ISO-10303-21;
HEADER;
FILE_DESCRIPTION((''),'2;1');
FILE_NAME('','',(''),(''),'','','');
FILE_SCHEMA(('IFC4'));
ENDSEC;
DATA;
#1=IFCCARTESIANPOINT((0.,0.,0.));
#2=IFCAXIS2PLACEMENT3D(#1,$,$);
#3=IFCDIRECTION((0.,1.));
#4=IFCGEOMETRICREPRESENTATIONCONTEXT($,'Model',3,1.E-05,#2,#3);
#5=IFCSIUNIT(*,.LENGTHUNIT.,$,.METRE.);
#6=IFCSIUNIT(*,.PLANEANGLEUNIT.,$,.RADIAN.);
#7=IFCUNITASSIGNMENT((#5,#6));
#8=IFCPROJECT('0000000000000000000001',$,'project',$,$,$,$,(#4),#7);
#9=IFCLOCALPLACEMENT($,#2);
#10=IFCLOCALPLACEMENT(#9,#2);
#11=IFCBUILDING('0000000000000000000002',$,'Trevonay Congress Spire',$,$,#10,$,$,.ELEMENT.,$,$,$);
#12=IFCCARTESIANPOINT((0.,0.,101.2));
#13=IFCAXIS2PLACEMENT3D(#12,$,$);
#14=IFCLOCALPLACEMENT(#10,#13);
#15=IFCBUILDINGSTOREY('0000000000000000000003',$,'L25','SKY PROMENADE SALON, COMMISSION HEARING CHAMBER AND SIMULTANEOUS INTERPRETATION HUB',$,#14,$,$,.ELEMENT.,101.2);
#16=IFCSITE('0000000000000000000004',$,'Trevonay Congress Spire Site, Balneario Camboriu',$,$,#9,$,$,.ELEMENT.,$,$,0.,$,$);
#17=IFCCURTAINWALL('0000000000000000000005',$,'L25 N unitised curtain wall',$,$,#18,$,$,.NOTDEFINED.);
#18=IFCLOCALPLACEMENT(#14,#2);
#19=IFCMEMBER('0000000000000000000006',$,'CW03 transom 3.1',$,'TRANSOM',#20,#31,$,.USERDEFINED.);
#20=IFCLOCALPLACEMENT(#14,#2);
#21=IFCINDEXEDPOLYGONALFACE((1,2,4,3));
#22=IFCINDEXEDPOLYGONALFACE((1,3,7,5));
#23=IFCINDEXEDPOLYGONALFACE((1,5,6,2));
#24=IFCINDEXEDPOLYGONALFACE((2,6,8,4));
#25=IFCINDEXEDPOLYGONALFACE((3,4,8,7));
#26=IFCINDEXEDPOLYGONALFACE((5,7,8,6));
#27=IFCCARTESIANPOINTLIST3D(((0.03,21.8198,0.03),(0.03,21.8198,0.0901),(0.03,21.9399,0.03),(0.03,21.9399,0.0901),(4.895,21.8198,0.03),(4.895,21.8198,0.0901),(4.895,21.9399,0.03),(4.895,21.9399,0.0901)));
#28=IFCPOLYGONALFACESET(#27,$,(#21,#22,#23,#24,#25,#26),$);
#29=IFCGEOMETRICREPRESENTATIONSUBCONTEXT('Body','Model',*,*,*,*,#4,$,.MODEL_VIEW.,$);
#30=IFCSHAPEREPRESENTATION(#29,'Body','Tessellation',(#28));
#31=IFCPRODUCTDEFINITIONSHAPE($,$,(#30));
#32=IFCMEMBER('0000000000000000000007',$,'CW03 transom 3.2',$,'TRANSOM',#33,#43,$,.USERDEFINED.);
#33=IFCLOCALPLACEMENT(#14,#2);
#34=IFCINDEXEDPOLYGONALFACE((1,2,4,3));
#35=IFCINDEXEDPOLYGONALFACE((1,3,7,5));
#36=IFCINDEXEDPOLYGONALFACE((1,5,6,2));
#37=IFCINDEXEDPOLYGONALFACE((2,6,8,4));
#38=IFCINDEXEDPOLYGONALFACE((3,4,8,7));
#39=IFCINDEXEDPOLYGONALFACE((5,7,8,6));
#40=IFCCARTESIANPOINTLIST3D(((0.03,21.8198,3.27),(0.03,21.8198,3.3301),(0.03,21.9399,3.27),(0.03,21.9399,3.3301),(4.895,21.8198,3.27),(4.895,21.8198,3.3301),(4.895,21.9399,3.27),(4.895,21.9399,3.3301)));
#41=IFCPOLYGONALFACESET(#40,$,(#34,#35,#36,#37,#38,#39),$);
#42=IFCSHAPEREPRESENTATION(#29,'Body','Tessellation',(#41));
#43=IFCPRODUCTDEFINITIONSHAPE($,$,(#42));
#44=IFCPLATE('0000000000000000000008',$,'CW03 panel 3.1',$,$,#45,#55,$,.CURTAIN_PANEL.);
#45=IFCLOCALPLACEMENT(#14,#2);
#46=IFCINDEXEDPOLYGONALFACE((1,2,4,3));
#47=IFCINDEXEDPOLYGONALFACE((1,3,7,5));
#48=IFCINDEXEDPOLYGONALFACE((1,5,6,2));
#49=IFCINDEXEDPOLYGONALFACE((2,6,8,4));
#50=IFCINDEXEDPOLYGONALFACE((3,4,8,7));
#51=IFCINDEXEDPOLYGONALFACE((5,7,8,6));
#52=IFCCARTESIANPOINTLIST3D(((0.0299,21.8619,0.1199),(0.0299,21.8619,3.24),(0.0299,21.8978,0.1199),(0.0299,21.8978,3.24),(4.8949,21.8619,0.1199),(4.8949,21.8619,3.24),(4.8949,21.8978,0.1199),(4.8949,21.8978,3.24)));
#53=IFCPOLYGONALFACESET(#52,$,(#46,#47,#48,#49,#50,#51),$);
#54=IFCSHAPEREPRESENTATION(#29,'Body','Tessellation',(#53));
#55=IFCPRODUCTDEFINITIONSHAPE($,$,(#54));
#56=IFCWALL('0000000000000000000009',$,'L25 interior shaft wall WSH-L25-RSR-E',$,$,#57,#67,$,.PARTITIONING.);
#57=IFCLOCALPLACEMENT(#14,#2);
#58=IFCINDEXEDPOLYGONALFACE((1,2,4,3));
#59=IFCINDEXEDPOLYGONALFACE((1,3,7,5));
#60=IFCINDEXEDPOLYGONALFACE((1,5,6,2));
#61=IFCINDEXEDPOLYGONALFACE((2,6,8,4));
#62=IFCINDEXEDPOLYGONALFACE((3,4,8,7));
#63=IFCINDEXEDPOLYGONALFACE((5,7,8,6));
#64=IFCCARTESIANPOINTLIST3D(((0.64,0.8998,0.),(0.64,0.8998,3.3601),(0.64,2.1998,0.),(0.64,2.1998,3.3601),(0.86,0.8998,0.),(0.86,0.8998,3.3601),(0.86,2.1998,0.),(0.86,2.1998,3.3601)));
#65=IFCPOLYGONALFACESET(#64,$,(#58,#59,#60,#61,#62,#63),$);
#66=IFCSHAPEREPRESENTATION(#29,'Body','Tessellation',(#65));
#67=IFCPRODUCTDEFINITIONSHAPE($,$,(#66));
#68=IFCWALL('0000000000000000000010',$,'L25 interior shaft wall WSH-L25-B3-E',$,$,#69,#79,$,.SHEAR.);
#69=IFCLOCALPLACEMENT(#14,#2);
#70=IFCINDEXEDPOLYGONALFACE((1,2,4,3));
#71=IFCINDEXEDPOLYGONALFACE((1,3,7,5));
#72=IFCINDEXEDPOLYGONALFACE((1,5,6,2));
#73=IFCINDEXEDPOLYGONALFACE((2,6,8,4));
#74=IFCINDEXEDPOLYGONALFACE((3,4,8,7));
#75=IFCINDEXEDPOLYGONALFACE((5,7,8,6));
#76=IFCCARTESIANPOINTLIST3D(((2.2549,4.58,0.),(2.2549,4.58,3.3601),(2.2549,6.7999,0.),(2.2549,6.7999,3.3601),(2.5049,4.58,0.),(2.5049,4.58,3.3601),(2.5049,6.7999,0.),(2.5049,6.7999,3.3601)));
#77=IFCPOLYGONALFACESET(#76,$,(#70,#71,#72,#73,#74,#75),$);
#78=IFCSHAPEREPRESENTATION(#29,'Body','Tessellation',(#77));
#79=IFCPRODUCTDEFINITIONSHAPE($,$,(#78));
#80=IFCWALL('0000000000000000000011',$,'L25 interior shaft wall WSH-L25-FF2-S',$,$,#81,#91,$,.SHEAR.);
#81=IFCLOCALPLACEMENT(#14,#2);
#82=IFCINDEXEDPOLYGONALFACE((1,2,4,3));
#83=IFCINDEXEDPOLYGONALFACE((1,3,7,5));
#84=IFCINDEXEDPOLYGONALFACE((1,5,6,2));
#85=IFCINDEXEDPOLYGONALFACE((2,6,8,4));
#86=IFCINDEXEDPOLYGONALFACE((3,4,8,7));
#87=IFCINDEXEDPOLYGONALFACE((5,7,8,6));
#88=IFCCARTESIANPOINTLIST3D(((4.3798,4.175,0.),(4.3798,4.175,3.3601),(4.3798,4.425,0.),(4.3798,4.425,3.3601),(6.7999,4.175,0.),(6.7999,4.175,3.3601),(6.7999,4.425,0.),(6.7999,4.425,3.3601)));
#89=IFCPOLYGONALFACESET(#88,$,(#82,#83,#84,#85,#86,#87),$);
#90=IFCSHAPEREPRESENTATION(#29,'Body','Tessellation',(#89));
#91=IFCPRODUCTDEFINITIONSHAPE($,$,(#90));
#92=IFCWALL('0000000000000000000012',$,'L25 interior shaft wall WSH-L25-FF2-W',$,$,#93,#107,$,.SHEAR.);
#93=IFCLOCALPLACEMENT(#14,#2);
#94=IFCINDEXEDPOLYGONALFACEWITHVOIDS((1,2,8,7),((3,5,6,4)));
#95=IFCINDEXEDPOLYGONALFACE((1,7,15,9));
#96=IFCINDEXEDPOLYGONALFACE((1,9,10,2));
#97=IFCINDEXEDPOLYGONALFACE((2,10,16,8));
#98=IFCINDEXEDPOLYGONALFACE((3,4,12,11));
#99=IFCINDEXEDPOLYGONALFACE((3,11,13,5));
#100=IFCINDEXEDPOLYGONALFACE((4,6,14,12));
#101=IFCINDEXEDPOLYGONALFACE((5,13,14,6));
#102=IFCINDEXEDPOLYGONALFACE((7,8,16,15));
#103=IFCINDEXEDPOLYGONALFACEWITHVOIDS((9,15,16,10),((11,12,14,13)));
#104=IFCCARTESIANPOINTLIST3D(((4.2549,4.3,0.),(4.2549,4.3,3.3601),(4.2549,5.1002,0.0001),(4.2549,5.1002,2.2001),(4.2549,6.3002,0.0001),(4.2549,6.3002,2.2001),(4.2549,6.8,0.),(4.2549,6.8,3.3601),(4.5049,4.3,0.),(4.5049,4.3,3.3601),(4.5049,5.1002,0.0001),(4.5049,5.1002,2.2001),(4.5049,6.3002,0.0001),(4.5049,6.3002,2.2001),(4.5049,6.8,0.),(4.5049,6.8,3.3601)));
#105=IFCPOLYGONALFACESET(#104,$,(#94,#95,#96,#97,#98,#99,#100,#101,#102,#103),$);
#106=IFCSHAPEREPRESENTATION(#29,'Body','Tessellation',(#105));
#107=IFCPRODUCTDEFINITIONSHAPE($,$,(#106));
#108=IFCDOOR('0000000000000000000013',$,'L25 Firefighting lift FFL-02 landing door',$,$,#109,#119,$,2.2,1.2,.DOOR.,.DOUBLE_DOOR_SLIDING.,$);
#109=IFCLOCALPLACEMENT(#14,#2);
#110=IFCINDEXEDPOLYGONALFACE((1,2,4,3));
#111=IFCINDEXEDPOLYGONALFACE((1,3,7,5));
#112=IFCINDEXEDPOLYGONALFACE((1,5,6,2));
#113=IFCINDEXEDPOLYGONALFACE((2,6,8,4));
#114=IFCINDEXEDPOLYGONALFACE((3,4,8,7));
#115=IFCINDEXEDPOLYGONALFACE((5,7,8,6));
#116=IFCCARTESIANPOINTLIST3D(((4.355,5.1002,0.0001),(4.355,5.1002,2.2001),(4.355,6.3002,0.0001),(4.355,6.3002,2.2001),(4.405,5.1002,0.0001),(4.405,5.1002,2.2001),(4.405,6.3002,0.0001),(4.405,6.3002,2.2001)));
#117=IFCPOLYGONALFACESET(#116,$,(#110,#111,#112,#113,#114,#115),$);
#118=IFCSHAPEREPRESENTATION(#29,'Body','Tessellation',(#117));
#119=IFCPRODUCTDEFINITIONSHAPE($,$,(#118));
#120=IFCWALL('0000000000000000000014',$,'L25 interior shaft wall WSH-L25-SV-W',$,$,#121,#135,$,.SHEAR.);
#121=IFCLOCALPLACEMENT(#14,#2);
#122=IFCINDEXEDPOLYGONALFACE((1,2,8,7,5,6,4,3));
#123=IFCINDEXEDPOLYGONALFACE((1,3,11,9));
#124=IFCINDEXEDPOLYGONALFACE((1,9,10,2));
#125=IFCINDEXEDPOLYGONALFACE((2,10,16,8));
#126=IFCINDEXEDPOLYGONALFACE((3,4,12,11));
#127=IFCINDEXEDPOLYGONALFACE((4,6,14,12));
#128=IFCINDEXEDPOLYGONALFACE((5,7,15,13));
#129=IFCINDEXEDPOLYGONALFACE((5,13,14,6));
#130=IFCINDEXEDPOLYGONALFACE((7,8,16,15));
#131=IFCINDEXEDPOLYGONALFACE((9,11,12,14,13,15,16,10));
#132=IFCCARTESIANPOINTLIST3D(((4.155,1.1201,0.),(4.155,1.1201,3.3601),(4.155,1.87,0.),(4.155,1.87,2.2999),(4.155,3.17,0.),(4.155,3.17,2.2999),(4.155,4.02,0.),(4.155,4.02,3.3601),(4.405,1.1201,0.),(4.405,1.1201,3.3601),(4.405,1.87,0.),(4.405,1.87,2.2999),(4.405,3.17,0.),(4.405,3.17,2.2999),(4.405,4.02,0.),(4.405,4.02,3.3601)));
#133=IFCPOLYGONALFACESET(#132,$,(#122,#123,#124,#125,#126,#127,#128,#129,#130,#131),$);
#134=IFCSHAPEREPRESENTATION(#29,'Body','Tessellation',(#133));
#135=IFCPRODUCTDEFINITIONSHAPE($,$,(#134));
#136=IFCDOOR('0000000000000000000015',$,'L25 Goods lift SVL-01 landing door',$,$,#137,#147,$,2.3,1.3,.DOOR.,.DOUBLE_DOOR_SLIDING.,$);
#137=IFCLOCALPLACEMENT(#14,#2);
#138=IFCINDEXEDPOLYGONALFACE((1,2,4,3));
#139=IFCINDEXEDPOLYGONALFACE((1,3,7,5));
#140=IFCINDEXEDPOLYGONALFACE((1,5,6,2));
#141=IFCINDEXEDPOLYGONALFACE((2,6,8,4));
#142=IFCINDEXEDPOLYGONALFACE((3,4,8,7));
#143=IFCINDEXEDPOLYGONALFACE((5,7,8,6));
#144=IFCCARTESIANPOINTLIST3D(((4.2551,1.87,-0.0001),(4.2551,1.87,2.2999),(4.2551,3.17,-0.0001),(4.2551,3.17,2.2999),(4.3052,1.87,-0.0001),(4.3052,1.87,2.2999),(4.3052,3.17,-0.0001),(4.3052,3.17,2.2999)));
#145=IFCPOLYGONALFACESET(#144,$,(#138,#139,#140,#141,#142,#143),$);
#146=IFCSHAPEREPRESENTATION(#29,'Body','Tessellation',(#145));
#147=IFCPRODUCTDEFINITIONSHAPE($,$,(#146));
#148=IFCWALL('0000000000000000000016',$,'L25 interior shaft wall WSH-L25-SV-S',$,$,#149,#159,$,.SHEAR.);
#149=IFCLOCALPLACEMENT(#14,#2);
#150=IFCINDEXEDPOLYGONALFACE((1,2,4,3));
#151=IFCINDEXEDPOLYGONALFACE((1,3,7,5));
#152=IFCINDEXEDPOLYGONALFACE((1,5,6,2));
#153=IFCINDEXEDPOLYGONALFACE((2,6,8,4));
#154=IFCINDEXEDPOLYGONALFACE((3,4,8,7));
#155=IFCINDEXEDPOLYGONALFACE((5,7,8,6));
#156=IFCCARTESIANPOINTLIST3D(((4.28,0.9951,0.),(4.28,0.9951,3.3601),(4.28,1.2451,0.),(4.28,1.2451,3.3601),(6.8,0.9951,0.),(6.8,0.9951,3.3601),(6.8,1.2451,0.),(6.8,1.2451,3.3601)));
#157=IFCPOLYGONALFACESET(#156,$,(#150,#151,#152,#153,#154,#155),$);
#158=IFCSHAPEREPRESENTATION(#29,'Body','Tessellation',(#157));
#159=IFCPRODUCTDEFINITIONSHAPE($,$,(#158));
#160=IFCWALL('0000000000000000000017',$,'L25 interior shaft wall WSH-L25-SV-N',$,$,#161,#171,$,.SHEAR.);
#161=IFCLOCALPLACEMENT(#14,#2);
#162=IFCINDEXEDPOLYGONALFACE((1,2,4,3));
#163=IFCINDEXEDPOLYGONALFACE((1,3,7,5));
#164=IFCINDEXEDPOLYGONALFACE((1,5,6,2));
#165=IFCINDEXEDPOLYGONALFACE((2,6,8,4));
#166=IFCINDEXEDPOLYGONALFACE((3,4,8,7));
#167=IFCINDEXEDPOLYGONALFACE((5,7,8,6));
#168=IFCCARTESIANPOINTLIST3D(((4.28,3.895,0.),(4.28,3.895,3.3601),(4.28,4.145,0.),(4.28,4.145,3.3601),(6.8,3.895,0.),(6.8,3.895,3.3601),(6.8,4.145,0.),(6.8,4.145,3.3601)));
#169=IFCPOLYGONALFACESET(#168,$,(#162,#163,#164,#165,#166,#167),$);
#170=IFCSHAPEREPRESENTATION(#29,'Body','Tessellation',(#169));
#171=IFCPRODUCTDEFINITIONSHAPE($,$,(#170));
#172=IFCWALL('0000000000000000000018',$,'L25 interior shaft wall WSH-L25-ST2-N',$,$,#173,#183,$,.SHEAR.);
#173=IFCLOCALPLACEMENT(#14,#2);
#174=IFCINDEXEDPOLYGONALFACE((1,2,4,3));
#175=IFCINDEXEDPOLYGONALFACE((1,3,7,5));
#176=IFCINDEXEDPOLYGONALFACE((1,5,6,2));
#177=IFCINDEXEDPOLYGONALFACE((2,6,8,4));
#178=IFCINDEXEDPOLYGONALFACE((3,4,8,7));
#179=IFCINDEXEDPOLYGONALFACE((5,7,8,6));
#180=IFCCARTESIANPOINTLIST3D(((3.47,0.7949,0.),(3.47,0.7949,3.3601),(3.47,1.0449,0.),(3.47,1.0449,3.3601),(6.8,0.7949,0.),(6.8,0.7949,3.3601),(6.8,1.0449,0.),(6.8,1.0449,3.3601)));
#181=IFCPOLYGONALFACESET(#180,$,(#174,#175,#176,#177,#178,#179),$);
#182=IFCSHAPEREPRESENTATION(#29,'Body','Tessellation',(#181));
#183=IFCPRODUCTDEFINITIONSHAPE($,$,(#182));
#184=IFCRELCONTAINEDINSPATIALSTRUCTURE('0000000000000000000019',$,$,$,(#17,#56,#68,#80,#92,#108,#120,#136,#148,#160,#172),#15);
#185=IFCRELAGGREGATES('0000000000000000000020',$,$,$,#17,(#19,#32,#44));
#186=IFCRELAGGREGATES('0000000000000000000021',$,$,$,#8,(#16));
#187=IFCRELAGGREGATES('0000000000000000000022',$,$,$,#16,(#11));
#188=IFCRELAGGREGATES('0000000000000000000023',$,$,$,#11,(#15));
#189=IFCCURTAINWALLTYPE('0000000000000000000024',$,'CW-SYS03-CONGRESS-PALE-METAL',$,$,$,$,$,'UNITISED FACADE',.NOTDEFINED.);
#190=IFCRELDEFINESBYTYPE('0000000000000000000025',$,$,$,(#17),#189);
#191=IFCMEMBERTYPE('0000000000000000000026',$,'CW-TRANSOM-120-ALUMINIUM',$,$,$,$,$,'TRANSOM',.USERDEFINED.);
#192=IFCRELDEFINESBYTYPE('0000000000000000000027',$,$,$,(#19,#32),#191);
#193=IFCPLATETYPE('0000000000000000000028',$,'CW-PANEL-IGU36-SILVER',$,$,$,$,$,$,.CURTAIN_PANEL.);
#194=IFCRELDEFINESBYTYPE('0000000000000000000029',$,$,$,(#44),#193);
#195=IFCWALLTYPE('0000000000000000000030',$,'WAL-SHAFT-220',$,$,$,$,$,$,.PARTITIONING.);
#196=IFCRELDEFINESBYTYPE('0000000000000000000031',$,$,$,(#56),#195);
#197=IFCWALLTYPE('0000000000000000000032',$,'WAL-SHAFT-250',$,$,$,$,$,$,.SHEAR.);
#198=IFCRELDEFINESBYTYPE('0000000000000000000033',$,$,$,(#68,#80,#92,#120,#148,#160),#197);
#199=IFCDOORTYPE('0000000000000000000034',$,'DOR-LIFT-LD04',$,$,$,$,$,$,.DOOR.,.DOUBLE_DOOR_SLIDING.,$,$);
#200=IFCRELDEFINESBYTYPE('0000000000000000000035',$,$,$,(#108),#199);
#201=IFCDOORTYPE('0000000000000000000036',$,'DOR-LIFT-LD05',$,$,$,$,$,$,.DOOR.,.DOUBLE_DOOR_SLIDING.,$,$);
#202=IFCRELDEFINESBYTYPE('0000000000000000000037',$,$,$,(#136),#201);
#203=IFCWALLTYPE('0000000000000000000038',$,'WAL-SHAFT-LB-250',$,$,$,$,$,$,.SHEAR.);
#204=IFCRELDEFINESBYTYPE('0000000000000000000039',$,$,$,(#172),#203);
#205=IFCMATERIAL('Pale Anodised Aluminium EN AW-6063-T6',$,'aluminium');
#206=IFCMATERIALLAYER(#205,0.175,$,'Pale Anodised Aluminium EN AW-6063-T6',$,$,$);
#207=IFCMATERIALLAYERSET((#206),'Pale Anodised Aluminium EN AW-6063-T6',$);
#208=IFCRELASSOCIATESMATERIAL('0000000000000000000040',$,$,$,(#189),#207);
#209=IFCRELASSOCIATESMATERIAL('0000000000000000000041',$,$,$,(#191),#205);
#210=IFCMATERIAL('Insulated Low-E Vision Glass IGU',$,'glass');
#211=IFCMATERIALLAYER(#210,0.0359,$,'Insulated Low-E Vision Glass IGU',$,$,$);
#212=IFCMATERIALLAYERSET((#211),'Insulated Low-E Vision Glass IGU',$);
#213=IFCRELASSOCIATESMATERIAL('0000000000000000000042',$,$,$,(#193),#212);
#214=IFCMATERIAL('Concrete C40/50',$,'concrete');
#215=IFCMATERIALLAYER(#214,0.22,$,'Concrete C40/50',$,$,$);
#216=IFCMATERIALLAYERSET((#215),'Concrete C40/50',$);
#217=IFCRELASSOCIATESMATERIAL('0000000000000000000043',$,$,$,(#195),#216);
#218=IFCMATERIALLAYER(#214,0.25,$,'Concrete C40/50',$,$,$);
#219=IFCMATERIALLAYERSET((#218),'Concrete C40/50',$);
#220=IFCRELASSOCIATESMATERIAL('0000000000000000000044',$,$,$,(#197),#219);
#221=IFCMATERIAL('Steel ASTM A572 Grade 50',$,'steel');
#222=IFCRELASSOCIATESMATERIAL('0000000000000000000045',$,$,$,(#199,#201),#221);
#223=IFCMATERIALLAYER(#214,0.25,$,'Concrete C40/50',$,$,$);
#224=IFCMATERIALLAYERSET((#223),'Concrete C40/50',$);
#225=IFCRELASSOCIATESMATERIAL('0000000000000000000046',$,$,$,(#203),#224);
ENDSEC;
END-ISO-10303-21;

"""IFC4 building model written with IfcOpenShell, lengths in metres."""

from ifc_helpers import new_model, si_unit, direction, frame, frame_2d, origin, origin_2d, place, context, subcontext, project, spatial, rectangle, extrude, material, layer, layer_set, material_profile, profile_set, type_object, element, fill, aggregate, save


model = new_model("IFC4")

# Units and contexts
model_context = context("Model", 3, precision=1e-05, world=origin(), true_north=direction((0.0, 1.0)))
body_context = subcontext(model_context, "Body", "Model", "MODEL_VIEW")
ifc_project = project(units=[si_unit("LENGTHUNIT", "METRE"), si_unit("PLANEANGLEUNIT", "RADIAN")], contexts=[model_context])

# Site, building, storey
site_placement = place(None, origin())
site = spatial("IfcSite", under=ifc_project, at=site_placement, Name="Trevonay Congress Spire Site, Balneario Camboriu", CompositionType="ELEMENT", RefElevation=0.0)
building_placement = place(site_placement, origin())
building = spatial("IfcBuilding", under=site, at=building_placement, Name="Trevonay Congress Spire", CompositionType="ELEMENT")
storey_placement = place(building_placement, frame((0.0, 0.0, 101.2)))
storey = spatial("IfcBuildingStorey", under=building, at=storey_placement, Name="L25", Description="SKY PROMENADE SALON, COMMISSION HEARING CHAMBER AND SIMULTANEOUS INTERPRETATION HUB", CompositionType="ELEMENT", Elevation=101.2)

# Shared definitions
ifc_material_1 = material(Name="Steel ASTM A572 Grade 50", Category="steel")

# Curtain wall, members, plate
ifc_material_2 = material(Name="Pale Anodised Aluminium EN AW-6063-T6", Category="aluminium")
ifc_layer_1 = layer(ifc_material_2, 0.175, Name="Pale Anodised Aluminium EN AW-6063-T6")
ifc_layer_set_1 = layer_set([ifc_layer_1], Name="Pale Anodised Aluminium EN AW-6063-T6")
curtain_wall_type = type_object("IfcCurtainWallType", Name="CW-SYS03-CONGRESS-PALE-METAL", ElementType="UNITISED FACADE", PredefinedType="NOTDEFINED", material=ifc_layer_set_1)
curtain_wall_placement = place(storey_placement, origin())
curtain_wall = element("IfcCurtainWall", 1, at=curtain_wall_placement, inside=storey, type_object=curtain_wall_type, Name="L25 N unitised curtain wall", PredefinedType="NOTDEFINED")
ifc_material_profile_1 = material_profile(ifc_material_2, rectangle(XDim=0.1201, YDim=0.0601, at=origin_2d()), Name="CW-TRANSOM-120-ALUMINIUM")
ifc_profile_set_1 = profile_set([ifc_material_profile_1], Name="Pale Anodised Aluminium EN AW-6063-T6")
member_type = type_object("IfcMemberType", Name="CW-TRANSOM-120-ALUMINIUM", ElementType="TRANSOM", PredefinedType="USERDEFINED", material=ifc_profile_set_1)
member_1_placement = place(storey_placement, frame((0.03, 21.8799, 0.0601), z_axis=(1.0, 0.0, 0.0), x_axis=(0.0, 1.0, 0.0)))
member_1 = element("IfcMember", 2, at=member_1_placement, type_object=member_type, Name="CW03 transom 3.1", ObjectType="TRANSOM", PredefinedType="USERDEFINED", context=body_context, shape_type="SweptSolid", body=[
    extrude(rectangle(XDim=0.1201, YDim=0.0601, at=origin_2d()), origin(), (0.0, 0.0, 1.0), 4.865),
])
member_2_placement = place(storey_placement, frame((0.03, 21.8799, 3.3), z_axis=(1.0, 0.0, 0.0), x_axis=(0.0, 1.0, 0.0)))
member_2 = element("IfcMember", 3, at=member_2_placement, type_object=member_type, Name="CW03 transom 3.2", ObjectType="TRANSOM", PredefinedType="USERDEFINED", context=body_context, shape_type="SweptSolid", body=[
    extrude(rectangle(XDim=0.1201, YDim=0.0601, at=origin_2d()), origin(), (0.0, 0.0, 1.0), 4.865),
])
ifc_material_3 = material(Name="Insulated Low-E Vision Glass IGU", Category="glass")
ifc_layer_2 = layer(ifc_material_3, 0.0359, Name="Insulated Low-E Vision Glass IGU")
ifc_layer_set_2 = layer_set([ifc_layer_2], Name="Insulated Low-E Vision Glass IGU")
plate_type = type_object("IfcPlateType", Name="CW-PANEL-IGU36-SILVER", PredefinedType="CURTAIN_PANEL", material=ifc_layer_set_2)
plate_placement = place(storey_placement, frame((2.4624, 21.8799, 0.1199), z_axis=(0.0, 0.0, 1.0), x_axis=(1.0, 0.0, 0.0)))
plate = element("IfcPlate", 4, at=plate_placement, type_object=plate_type, Name="CW03 panel 3.1", PredefinedType="CURTAIN_PANEL", context=body_context, shape_type="SweptSolid", body=[
    extrude(rectangle(XDim=4.865, YDim=0.0359, at=origin_2d()), origin(), (0.0, 0.0, 1.0), 3.1201),
])
aggregate(curtain_wall, [member_1, member_2, plate])

# Walls
ifc_material_4 = material(Name="Concrete C40/50", Category="concrete")
ifc_layer_3 = layer(ifc_material_4, 0.22, Name="Concrete C40/50")
ifc_layer_set_3 = layer_set([ifc_layer_3], Name="Concrete C40/50")
wall_type_1 = type_object("IfcWallType", Name="WAL-SHAFT-220", PredefinedType="PARTITIONING", material=ifc_layer_set_3)
wall_1_placement = place(storey_placement, frame((0.75, 0.8999, 0.0), z_axis=(0.0, 0.0, 1.0), x_axis=(0.0, 1.0, 0.0)))
element("IfcWall", 5, at=wall_1_placement, inside=storey, type_object=wall_type_1, Name="L25 interior shaft wall WSH-L25-RSR-E", PredefinedType="PARTITIONING", context=body_context, shape_type="SweptSolid", body=[
    extrude(rectangle(XDim=1.3, YDim=0.22, at=frame_2d((0.6499, 0.0))), origin(), (0.0, 0.0, 1.0), 3.3601),
])
ifc_layer_4 = layer(ifc_material_4, 0.25, Name="Concrete C40/50")
ifc_layer_set_4 = layer_set([ifc_layer_4], Name="Concrete C40/50")
wall_type_2 = type_object("IfcWallType", Name="WAL-SHAFT-250", PredefinedType="SHEAR", material=ifc_layer_set_4)
wall_2_placement = place(storey_placement, frame((2.3799, 4.5801, 0.0), z_axis=(0.0, 0.0, 1.0), x_axis=(0.0, 1.0, 0.0)))
element("IfcWall", 6, at=wall_2_placement, inside=storey, type_object=wall_type_2, Name="L25 interior shaft wall WSH-L25-B3-E", PredefinedType="SHEAR", context=body_context, shape_type="SweptSolid", body=[
    extrude(rectangle(XDim=2.22, YDim=0.25, at=frame_2d((1.1099, 0.0))), origin(), (0.0, 0.0, 1.0), 3.3601),
])
wall_3_placement = place(storey_placement, frame((4.3799, 4.3, 0.0), z_axis=(0.0, 0.0, 1.0), x_axis=(1.0, 0.0, 0.0)))
element("IfcWall", 7, at=wall_3_placement, inside=storey, type_object=wall_type_2, Name="L25 interior shaft wall WSH-L25-FF2-S", PredefinedType="SHEAR", context=body_context, shape_type="SweptSolid", body=[
    extrude(rectangle(XDim=2.4202, YDim=0.25, at=frame_2d((1.21, 0.0))), origin(), (0.0, 0.0, 1.0), 3.3601),
])

# Walls, openings, doors
wall_4_placement = place(storey_placement, frame((4.3799, 4.3, 0.0), z_axis=(0.0, 0.0, 1.0), x_axis=(0.0, 1.0, 0.0)))
wall_4 = element("IfcWall", 8, at=wall_4_placement, inside=storey, type_object=wall_type_2, Name="L25 interior shaft wall WSH-L25-FF2-W", PredefinedType="SHEAR", context=body_context, shape_type="SweptSolid", body=[
    extrude(rectangle(XDim=2.5, YDim=0.25, at=frame_2d((1.25, 0.0))), origin(), (0.0, 0.0, 1.0), 3.3601),
])
opening_1_placement = place(wall_4_placement, frame((0.8, 0.0, 0.0)))
opening_1 = element("IfcOpeningElement", 9, at=opening_1_placement, cuts=wall_4, PredefinedType="OPENING", context=body_context, shape_type="SweptSolid", body=[
    extrude(rectangle(XDim=1.2, YDim=2.2, at=frame_2d((0.6001, 1.1001))), frame((0.0, 0.135, 0.0), z_axis=(0.0, -1.0, 0.0), x_axis=(1.0, 0.0, 0.0)), (0.0, 0.0, 1.0), 0.27),
])
door_type_1 = type_object("IfcDoorType", Name="DOR-LIFT-LD04", OperationType="DOUBLE_DOOR_SLIDING", PredefinedType="DOOR", material=ifc_material_1)
door_1_placement = place(opening_1_placement, origin())
door_1 = element("IfcDoor", 10, at=door_1_placement, inside=storey, type_object=door_type_1, Name="L25 Firefighting lift FFL-02 landing door", OperationType="DOUBLE_DOOR_SLIDING", OverallHeight=2.2, OverallWidth=1.2, PredefinedType="DOOR", context=body_context, shape_type="SweptSolid", body=[
    extrude(rectangle(XDim=1.2, YDim=2.2, at=frame_2d((0.6001, 1.1001))), frame((0.0, 0.0249, 0.0), z_axis=(0.0, -1.0, 0.0), x_axis=(1.0, 0.0, 0.0)), (0.0, 0.0, 1.0), 0.05),
])
fill(opening_1, door_1)
wall_5_placement = place(storey_placement, frame((4.28, 1.1201, 0.0), z_axis=(0.0, 0.0, 1.0), x_axis=(0.0, 1.0, 0.0)))
wall_5 = element("IfcWall", 11, at=wall_5_placement, inside=storey, type_object=wall_type_2, Name="L25 interior shaft wall WSH-L25-SV-W", PredefinedType="SHEAR", context=body_context, shape_type="SweptSolid", body=[
    extrude(rectangle(XDim=2.8999, YDim=0.25, at=frame_2d((1.45, 0.0))), origin(), (0.0, 0.0, 1.0), 3.3601),
])
opening_2_placement = place(wall_5_placement, frame((0.75, 0.0, 0.0)))
opening_2 = element("IfcOpeningElement", 12, at=opening_2_placement, cuts=wall_5, PredefinedType="OPENING", context=body_context, shape_type="SweptSolid", body=[
    extrude(rectangle(XDim=1.3, YDim=2.3, at=frame_2d((0.6499, 1.1499))), frame((0.0, 0.135, 0.0), z_axis=(0.0, -1.0, 0.0), x_axis=(1.0, 0.0, 0.0)), (0.0, 0.0, 1.0), 0.27),
])
door_type_2 = type_object("IfcDoorType", Name="DOR-LIFT-LD05", OperationType="DOUBLE_DOOR_SLIDING", PredefinedType="DOOR", material=ifc_material_1)
door_2_placement = place(opening_2_placement, origin())
door_2 = element("IfcDoor", 13, at=door_2_placement, inside=storey, type_object=door_type_2, Name="L25 Goods lift SVL-01 landing door", OperationType="DOUBLE_DOOR_SLIDING", OverallHeight=2.3, OverallWidth=1.3, PredefinedType="DOOR", context=body_context, shape_type="SweptSolid", body=[
    extrude(rectangle(XDim=1.3, YDim=2.3, at=frame_2d((0.6499, 1.1499))), frame((0.0, 0.0249, 0.0), z_axis=(0.0, -1.0, 0.0), x_axis=(1.0, 0.0, 0.0)), (0.0, 0.0, 1.0), 0.05),
])
fill(opening_2, door_2)

# Walls
for number, where, z_axis, x_axis, name in (
    (14, (4.28, 1.1201, 0.0), (0.0, 0.0, 1.0), (1.0, 0.0, 0.0), "L25 interior shaft wall WSH-L25-SV-S"),
    (15, (4.28, 4.02, 0.0), (0.0, 0.0, 1.0), (1.0, 0.0, 0.0), "L25 interior shaft wall WSH-L25-SV-N"),
):
    element("IfcWall", number, at=place(storey_placement, frame(where, z_axis=z_axis, x_axis=x_axis)), inside=storey, type_object=wall_type_2, Name=name, PredefinedType="SHEAR", context=body_context, shape_type="SweptSolid", body=[
        extrude(rectangle(XDim=2.52, YDim=0.25, at=frame_2d((1.26, 0.0))), origin(), (0.0, 0.0, 1.0), 3.3601),
    ])
ifc_layer_5 = layer(ifc_material_4, 0.25, Name="Concrete C40/50")
ifc_layer_set_5 = layer_set([ifc_layer_5], Name="Concrete C40/50")
wall_type_3 = type_object("IfcWallType", Name="WAL-SHAFT-LB-250", PredefinedType="SHEAR", material=ifc_layer_set_5)
wall_6_placement = place(storey_placement, frame((3.47, 0.9199, 0.0), z_axis=(0.0, 0.0, 1.0), x_axis=(1.0, 0.0, 0.0)))
element("IfcWall", 16, at=wall_6_placement, inside=storey, type_object=wall_type_3, Name="L25 interior shaft wall WSH-L25-ST2-N", PredefinedType="SHEAR", context=body_context, shape_type="SweptSolid", body=[
    extrude(rectangle(XDim=3.3301, YDim=0.25, at=frame_2d((1.665, 0.0))), origin(), (0.0, 0.0, 1.0), 3.3601),
])

save(model, "model.ifc")
